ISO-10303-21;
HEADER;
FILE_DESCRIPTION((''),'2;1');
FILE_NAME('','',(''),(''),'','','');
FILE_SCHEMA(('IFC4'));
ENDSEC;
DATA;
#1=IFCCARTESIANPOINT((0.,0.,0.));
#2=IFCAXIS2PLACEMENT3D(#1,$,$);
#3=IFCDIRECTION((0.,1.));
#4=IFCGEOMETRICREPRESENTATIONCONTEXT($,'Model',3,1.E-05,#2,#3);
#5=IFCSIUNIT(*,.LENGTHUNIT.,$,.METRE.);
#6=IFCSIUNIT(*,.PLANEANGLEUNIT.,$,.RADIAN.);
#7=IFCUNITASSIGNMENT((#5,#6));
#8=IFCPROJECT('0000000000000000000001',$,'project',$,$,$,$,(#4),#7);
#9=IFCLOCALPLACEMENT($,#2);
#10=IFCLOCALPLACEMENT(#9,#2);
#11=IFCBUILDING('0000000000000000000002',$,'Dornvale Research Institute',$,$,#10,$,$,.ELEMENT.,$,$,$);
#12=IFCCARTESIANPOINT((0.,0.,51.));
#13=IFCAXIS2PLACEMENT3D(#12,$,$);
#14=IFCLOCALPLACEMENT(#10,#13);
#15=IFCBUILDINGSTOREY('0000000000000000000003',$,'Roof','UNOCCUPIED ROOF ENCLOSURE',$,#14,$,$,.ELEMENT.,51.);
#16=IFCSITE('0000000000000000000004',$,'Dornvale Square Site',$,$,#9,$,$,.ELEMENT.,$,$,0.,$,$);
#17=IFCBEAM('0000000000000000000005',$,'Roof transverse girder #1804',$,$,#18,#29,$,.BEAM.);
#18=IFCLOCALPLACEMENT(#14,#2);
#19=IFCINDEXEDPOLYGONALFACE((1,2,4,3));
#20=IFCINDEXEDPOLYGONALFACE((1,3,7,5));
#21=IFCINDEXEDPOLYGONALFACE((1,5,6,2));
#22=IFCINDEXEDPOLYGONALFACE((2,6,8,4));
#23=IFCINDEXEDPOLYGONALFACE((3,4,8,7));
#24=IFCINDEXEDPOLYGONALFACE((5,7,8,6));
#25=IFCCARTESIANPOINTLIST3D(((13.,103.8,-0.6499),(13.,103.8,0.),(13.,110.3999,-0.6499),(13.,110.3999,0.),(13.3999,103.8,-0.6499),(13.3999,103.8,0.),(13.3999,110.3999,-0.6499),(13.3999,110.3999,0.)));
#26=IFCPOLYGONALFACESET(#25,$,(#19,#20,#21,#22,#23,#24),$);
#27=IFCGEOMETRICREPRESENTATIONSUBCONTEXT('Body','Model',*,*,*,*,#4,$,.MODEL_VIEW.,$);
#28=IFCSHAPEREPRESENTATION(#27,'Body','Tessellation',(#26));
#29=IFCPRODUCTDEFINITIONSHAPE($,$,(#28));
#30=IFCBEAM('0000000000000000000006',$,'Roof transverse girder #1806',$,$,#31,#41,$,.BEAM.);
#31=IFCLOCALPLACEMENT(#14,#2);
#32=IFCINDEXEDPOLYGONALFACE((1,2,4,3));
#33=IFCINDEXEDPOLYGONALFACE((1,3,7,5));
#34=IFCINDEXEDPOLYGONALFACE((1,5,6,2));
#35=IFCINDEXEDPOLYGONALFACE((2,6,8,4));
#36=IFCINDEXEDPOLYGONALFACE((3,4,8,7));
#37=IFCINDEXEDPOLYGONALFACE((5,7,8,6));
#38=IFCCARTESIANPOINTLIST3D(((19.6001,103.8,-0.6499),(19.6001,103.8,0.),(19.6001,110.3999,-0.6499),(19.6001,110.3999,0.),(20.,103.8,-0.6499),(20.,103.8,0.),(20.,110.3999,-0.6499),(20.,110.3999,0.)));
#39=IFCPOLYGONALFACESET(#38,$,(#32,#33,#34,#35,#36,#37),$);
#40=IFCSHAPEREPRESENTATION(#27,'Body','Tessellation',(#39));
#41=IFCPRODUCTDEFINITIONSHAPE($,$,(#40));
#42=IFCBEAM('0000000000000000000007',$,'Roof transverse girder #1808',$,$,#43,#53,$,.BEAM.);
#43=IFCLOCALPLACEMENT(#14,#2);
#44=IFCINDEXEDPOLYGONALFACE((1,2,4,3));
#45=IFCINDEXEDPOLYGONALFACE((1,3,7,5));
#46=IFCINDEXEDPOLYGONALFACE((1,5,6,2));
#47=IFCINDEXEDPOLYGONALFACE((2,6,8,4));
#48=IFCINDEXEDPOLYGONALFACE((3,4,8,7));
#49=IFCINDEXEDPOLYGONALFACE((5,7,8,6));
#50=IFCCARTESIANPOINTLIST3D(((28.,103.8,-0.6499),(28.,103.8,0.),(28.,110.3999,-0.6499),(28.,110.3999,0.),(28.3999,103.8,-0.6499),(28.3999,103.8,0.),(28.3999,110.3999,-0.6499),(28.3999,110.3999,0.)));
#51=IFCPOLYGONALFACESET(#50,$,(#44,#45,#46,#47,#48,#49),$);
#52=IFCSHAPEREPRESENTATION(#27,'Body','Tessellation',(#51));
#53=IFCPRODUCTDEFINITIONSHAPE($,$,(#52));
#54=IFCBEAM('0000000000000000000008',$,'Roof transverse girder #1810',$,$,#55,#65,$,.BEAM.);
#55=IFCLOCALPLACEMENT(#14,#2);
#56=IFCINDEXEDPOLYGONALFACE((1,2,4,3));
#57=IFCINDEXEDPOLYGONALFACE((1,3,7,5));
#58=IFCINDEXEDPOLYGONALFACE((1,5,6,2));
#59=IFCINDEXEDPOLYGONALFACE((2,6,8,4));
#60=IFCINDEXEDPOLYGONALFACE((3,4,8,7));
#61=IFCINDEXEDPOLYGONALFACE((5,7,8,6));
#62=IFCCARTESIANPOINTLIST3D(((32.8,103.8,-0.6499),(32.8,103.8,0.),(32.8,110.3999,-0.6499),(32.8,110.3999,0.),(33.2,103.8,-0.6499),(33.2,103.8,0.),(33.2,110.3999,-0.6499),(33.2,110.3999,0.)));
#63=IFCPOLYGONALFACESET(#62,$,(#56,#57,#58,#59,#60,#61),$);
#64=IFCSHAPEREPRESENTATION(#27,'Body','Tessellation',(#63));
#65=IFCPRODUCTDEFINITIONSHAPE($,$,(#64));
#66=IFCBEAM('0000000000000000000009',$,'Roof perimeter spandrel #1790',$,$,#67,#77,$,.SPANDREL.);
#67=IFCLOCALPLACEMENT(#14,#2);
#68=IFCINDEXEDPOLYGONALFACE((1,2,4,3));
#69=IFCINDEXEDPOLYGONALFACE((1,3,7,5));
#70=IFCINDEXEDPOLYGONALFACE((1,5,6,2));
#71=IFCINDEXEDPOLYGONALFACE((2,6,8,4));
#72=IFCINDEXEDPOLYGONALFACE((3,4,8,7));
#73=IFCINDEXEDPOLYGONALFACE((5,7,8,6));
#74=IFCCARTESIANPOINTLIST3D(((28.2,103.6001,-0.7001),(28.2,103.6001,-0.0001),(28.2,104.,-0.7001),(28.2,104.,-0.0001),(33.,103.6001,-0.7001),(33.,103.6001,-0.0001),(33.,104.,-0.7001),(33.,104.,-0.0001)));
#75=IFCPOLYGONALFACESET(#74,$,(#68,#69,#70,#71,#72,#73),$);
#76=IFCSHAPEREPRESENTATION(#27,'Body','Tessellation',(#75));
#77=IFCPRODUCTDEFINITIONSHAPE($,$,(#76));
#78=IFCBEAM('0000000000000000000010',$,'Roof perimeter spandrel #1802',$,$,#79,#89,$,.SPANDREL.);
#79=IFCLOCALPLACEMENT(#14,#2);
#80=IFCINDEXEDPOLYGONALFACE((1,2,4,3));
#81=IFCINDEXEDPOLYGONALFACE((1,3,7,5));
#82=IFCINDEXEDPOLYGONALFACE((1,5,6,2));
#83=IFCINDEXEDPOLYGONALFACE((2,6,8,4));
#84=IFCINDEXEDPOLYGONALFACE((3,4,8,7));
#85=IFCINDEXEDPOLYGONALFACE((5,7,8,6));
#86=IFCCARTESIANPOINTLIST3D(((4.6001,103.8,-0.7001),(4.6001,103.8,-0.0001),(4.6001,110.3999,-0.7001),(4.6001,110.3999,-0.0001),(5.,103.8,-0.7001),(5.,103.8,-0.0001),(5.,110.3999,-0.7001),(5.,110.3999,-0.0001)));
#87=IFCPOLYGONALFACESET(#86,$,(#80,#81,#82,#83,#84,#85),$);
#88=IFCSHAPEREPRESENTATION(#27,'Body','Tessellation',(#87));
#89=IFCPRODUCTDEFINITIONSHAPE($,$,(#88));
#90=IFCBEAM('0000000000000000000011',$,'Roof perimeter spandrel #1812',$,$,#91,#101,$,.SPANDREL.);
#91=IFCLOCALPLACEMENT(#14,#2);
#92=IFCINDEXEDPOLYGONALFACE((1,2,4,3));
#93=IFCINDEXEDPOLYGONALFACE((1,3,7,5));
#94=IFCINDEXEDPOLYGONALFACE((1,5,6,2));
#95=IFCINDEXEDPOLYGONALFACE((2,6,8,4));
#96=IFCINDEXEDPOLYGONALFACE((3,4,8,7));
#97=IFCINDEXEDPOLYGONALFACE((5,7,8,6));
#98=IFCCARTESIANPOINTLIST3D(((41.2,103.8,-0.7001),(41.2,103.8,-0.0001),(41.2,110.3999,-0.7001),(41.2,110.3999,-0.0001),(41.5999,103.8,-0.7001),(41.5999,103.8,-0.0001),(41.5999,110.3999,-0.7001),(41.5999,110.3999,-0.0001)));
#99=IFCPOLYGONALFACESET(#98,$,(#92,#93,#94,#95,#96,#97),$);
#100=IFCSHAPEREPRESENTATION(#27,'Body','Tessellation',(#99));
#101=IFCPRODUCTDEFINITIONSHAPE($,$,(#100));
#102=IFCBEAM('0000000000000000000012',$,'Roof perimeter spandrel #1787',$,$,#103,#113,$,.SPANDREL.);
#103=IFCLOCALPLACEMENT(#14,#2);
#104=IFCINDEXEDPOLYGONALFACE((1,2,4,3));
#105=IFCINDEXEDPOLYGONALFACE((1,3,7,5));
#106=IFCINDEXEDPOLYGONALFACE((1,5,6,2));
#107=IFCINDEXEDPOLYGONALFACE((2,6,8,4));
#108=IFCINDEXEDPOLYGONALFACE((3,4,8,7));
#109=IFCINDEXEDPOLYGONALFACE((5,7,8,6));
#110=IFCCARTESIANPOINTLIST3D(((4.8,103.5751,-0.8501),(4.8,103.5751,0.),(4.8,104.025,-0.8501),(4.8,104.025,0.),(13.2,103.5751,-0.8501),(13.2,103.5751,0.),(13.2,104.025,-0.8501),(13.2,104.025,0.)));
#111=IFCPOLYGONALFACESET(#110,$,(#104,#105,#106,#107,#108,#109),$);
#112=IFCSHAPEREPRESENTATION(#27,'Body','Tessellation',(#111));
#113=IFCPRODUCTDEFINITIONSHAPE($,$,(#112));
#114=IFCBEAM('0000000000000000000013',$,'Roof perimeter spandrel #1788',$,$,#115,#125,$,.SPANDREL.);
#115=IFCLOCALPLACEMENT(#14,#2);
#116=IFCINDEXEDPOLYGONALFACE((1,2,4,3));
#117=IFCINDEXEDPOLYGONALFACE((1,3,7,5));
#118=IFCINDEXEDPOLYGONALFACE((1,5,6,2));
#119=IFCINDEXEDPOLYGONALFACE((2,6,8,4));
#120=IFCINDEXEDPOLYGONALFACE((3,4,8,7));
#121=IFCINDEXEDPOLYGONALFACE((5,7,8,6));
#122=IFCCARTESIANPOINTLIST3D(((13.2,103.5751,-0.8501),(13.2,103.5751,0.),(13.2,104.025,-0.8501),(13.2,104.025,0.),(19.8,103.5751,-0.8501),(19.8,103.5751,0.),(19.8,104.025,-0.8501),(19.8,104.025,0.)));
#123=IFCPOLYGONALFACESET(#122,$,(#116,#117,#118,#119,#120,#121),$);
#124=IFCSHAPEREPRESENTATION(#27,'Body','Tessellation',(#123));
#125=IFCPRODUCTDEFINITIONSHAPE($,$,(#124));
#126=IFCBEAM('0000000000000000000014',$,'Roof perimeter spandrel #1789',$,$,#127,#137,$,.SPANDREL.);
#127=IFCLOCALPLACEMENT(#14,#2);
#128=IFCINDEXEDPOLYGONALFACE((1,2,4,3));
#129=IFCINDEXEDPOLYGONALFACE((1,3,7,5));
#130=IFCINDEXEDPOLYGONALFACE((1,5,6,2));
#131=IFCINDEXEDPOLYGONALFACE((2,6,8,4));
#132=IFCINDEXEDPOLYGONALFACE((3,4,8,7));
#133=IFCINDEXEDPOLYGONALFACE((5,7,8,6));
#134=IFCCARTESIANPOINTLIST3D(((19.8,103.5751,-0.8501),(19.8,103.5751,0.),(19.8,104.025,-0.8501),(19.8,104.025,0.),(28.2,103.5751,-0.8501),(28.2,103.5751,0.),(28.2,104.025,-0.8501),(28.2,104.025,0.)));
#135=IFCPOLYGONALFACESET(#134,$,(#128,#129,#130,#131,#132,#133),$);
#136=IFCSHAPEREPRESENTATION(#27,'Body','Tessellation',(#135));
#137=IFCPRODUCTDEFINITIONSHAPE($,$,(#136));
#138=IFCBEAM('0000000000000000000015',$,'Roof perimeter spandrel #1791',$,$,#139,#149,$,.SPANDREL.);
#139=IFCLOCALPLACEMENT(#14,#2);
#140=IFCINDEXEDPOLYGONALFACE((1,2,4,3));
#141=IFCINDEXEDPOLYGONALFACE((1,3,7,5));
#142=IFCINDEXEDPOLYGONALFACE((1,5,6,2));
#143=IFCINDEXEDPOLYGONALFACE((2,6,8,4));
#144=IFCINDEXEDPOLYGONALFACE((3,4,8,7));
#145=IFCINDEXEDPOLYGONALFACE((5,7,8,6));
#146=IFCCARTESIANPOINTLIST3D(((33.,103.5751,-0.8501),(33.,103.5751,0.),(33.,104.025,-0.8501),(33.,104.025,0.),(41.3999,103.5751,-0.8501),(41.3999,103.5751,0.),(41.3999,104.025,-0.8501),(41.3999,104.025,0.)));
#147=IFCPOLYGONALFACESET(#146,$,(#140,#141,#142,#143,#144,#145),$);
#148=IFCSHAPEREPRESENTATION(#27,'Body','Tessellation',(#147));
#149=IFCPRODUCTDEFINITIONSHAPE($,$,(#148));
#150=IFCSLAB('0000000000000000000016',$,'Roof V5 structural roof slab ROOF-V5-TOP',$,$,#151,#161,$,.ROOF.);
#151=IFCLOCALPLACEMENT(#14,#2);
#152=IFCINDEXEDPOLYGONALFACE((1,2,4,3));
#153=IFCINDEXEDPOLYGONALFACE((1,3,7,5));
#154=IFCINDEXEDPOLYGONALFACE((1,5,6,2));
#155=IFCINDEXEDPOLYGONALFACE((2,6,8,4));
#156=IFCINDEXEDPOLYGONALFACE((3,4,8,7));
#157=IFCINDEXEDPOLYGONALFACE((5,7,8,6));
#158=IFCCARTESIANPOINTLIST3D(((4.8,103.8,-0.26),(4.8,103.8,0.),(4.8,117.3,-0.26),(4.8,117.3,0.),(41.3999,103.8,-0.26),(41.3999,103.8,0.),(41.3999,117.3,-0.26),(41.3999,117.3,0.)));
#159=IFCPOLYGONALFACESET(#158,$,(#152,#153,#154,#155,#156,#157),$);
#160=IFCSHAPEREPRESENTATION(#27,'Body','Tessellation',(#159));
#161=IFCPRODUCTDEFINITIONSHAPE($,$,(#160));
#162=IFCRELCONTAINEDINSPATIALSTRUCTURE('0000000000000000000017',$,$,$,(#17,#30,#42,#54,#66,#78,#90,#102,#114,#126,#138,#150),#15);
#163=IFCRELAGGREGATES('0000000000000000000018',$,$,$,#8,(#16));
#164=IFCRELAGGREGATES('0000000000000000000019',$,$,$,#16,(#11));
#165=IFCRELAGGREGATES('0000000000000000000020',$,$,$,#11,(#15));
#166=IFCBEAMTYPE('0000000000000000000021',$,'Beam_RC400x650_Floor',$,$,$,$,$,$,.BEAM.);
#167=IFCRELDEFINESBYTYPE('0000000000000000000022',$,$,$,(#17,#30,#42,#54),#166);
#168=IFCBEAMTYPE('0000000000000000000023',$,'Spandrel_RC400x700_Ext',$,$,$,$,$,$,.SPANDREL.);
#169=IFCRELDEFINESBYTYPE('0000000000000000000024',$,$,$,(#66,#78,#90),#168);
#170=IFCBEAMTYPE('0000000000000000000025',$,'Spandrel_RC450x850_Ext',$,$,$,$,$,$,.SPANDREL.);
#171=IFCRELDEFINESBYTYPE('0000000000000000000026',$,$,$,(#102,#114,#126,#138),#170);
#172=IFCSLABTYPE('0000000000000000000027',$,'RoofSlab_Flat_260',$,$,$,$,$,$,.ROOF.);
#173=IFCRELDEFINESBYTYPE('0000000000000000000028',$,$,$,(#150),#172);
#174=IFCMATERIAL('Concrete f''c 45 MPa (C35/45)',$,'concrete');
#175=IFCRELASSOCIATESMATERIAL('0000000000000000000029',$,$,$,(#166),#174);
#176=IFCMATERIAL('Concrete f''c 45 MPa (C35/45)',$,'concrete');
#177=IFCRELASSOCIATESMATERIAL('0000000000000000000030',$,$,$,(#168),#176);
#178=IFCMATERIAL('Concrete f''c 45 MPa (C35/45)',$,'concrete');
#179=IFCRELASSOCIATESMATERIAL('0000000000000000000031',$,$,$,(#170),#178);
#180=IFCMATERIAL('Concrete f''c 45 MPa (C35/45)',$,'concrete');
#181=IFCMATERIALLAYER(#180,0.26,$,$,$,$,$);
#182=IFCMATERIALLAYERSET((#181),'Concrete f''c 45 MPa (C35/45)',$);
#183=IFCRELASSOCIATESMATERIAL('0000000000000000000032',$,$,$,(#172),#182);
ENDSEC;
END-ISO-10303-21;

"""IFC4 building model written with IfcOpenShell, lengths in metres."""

from ifc_helpers import new_model, si_unit, direction, frame, origin, origin_2d, place, context, subcontext, project, spatial, polyline, rectangle, outline, extrude, material, layer, layer_set, material_profile, profile_set, type_object, element, save


model = new_model("IFC4")

# Units and contexts
model_context = context("Model", 3, precision=1e-05, world=origin(), true_north=direction((0.0, 1.0)))
body_context = subcontext(model_context, "Body", "Model", "MODEL_VIEW")
ifc_project = project(units=[si_unit("LENGTHUNIT", "METRE"), si_unit("PLANEANGLEUNIT", "RADIAN")], contexts=[model_context])

# Site, building, storey
site_placement = place(None, origin())
site = spatial("IfcSite", under=ifc_project, at=site_placement, Name="Dornvale Square Site", CompositionType="ELEMENT", RefElevation=0.0)
building_placement = place(site_placement, origin())
building = spatial("IfcBuilding", under=site, at=building_placement, Name="Dornvale Research Institute", CompositionType="ELEMENT")
storey_placement = place(building_placement, frame((0.0, 0.0, 51.0)))
storey = spatial("IfcBuildingStorey", under=building, at=storey_placement, Name="Roof", Description="UNOCCUPIED ROOF ENCLOSURE", CompositionType="ELEMENT", Elevation=51.0)

# Beams
ifc_material_1 = material(Name="Concrete f'c 45 MPa (C35/45)", Category="concrete")
ifc_material_profile_1 = material_profile(ifc_material_1, rectangle(XDim=0.3999, YDim=0.6499, at=origin_2d()), Name="RC 400x650")
ifc_profile_set_1 = profile_set([ifc_material_profile_1], Name="Concrete f'c 45 MPa (C35/45)")
beam_type_1 = type_object("IfcBeamType", Name="Beam_RC400x650_Floor", PredefinedType="BEAM", material=ifc_profile_set_1)
for number, where, z_axis, x_axis, name in (
    (1, (13.2, 103.8, -0.325), (0.0, 1.0, 0.0), (-1.0, 0.0, 0.0), "Roof transverse girder #1804"),
    (2, (19.8, 103.8, -0.325), (0.0, 1.0, 0.0), (-1.0, 0.0, 0.0), "Roof transverse girder #1806"),
    (3, (28.2, 103.8, -0.325), (0.0, 1.0, 0.0), (-1.0, 0.0, 0.0), "Roof transverse girder #1808"),
    (4, (33.0, 103.8, -0.325), (0.0, 1.0, 0.0), (-1.0, 0.0, 0.0), "Roof transverse girder #1810"),
):
    element("IfcBeam", number, at=place(storey_placement, frame(where, z_axis=z_axis, x_axis=x_axis)), inside=storey, type_object=beam_type_1, Name=name, PredefinedType="BEAM", context=body_context, shape_type="SweptSolid", body=[
        extrude(rectangle(XDim=0.3999, YDim=0.6499, at=origin_2d()), origin(), (0.0, 0.0, 1.0), 6.5999),
    ])
ifc_material_2 = material(Name="Concrete f'c 45 MPa (C35/45)", Category="concrete")
ifc_material_profile_2 = material_profile(ifc_material_2, rectangle(XDim=0.3999, YDim=0.7, at=origin_2d()), Name="RC 400x700")
ifc_profile_set_2 = profile_set([ifc_material_profile_2], Name="Concrete f'c 45 MPa (C35/45)")
beam_type_2 = type_object("IfcBeamType", Name="Spandrel_RC400x700_Ext", PredefinedType="SPANDREL", material=ifc_profile_set_2)
beam_1_placement = place(storey_placement, frame((28.2, 103.8, -0.3501), z_axis=(1.0, 0.0, 0.0), x_axis=(0.0, 1.0, 0.0)))
element("IfcBeam", 5, at=beam_1_placement, inside=storey, type_object=beam_type_2, Name="Roof perimeter spandrel #1790", PredefinedType="SPANDREL", context=body_context, shape_type="SweptSolid", body=[
    extrude(rectangle(XDim=0.3999, YDim=0.7, at=origin_2d()), origin(), (0.0, 0.0, 1.0), 4.8),
])
for number, where, z_axis, x_axis, name in (
    (6, (4.8, 103.8, -0.3501), (0.0, 1.0, 0.0), (-1.0, 0.0, 0.0), "Roof perimeter spandrel #1802"),
    (7, (41.3999, 103.8, -0.3501), (0.0, 1.0, 0.0), (-1.0, 0.0, 0.0), "Roof perimeter spandrel #1812"),
):
    element("IfcBeam", number, at=place(storey_placement, frame(where, z_axis=z_axis, x_axis=x_axis)), inside=storey, type_object=beam_type_2, Name=name, PredefinedType="SPANDREL", context=body_context, shape_type="SweptSolid", body=[
        extrude(rectangle(XDim=0.3999, YDim=0.7, at=origin_2d()), origin(), (0.0, 0.0, 1.0), 6.5999),
    ])
ifc_material_3 = material(Name="Concrete f'c 45 MPa (C35/45)", Category="concrete")
ifc_material_profile_3 = material_profile(ifc_material_3, rectangle(XDim=0.45, YDim=0.8501, at=origin_2d()), Name="RC 450x850")
ifc_profile_set_3 = profile_set([ifc_material_profile_3], Name="Concrete f'c 45 MPa (C35/45)")
beam_type_3 = type_object("IfcBeamType", Name="Spandrel_RC450x850_Ext", PredefinedType="SPANDREL", material=ifc_profile_set_3)
beam_2_placement = place(storey_placement, frame((4.8, 103.8, -0.425), z_axis=(1.0, 0.0, 0.0), x_axis=(0.0, 1.0, 0.0)))
element("IfcBeam", 8, at=beam_2_placement, inside=storey, type_object=beam_type_3, Name="Roof perimeter spandrel #1787", PredefinedType="SPANDREL", context=body_context, shape_type="SweptSolid", body=[
    extrude(rectangle(XDim=0.45, YDim=0.8501, at=origin_2d()), origin(), (0.0, 0.0, 1.0), 8.3999),
])
beam_3_placement = place(storey_placement, frame((13.2, 103.8, -0.425), z_axis=(1.0, 0.0, 0.0), x_axis=(0.0, 1.0, 0.0)))
element("IfcBeam", 9, at=beam_3_placement, inside=storey, type_object=beam_type_3, Name="Roof perimeter spandrel #1788", PredefinedType="SPANDREL", context=body_context, shape_type="SweptSolid", body=[
    extrude(rectangle(XDim=0.45, YDim=0.8501, at=origin_2d()), origin(), (0.0, 0.0, 1.0), 6.6001),
])
for number, where, z_axis, x_axis, name in (
    (10, (19.8, 103.8, -0.425), (1.0, 0.0, 0.0), (0.0, 1.0, 0.0), "Roof perimeter spandrel #1789"),
    (11, (33.0, 103.8, -0.425), (1.0, 0.0, 0.0), (0.0, 1.0, 0.0), "Roof perimeter spandrel #1791"),
):
    element("IfcBeam", number, at=place(storey_placement, frame(where, z_axis=z_axis, x_axis=x_axis)), inside=storey, type_object=beam_type_3, Name=name, PredefinedType="SPANDREL", context=body_context, shape_type="SweptSolid", body=[
        extrude(rectangle(XDim=0.45, YDim=0.8501, at=origin_2d()), origin(), (0.0, 0.0, 1.0), 8.3999),
    ])

# Slab
ifc_material_4 = material(Name="Concrete f'c 45 MPa (C35/45)", Category="concrete")
ifc_layer_1 = layer(ifc_material_4, 0.26)
ifc_layer_set_1 = layer_set([ifc_layer_1], Name="Concrete f'c 45 MPa (C35/45)")
slab_type = type_object("IfcSlabType", Name="RoofSlab_Flat_260", PredefinedType="ROOF", material=ifc_layer_set_1)
slab_placement = place(storey_placement, frame((0.0, 0.0, -0.26)))
element("IfcSlab", 12, at=slab_placement, inside=storey, type_object=slab_type, Name="Roof V5 structural roof slab ROOF-V5-TOP", PredefinedType="ROOF", context=body_context, shape_type="SweptSolid", body=[
    extrude(outline(polyline([(4.8, 103.8), (41.3999, 103.8), (41.3999, 117.3), (4.8, 117.3), (4.8, 103.8)])), origin(), (0.0, 0.0, 1.0), 0.26),
])

save(model, "model.ifc")
